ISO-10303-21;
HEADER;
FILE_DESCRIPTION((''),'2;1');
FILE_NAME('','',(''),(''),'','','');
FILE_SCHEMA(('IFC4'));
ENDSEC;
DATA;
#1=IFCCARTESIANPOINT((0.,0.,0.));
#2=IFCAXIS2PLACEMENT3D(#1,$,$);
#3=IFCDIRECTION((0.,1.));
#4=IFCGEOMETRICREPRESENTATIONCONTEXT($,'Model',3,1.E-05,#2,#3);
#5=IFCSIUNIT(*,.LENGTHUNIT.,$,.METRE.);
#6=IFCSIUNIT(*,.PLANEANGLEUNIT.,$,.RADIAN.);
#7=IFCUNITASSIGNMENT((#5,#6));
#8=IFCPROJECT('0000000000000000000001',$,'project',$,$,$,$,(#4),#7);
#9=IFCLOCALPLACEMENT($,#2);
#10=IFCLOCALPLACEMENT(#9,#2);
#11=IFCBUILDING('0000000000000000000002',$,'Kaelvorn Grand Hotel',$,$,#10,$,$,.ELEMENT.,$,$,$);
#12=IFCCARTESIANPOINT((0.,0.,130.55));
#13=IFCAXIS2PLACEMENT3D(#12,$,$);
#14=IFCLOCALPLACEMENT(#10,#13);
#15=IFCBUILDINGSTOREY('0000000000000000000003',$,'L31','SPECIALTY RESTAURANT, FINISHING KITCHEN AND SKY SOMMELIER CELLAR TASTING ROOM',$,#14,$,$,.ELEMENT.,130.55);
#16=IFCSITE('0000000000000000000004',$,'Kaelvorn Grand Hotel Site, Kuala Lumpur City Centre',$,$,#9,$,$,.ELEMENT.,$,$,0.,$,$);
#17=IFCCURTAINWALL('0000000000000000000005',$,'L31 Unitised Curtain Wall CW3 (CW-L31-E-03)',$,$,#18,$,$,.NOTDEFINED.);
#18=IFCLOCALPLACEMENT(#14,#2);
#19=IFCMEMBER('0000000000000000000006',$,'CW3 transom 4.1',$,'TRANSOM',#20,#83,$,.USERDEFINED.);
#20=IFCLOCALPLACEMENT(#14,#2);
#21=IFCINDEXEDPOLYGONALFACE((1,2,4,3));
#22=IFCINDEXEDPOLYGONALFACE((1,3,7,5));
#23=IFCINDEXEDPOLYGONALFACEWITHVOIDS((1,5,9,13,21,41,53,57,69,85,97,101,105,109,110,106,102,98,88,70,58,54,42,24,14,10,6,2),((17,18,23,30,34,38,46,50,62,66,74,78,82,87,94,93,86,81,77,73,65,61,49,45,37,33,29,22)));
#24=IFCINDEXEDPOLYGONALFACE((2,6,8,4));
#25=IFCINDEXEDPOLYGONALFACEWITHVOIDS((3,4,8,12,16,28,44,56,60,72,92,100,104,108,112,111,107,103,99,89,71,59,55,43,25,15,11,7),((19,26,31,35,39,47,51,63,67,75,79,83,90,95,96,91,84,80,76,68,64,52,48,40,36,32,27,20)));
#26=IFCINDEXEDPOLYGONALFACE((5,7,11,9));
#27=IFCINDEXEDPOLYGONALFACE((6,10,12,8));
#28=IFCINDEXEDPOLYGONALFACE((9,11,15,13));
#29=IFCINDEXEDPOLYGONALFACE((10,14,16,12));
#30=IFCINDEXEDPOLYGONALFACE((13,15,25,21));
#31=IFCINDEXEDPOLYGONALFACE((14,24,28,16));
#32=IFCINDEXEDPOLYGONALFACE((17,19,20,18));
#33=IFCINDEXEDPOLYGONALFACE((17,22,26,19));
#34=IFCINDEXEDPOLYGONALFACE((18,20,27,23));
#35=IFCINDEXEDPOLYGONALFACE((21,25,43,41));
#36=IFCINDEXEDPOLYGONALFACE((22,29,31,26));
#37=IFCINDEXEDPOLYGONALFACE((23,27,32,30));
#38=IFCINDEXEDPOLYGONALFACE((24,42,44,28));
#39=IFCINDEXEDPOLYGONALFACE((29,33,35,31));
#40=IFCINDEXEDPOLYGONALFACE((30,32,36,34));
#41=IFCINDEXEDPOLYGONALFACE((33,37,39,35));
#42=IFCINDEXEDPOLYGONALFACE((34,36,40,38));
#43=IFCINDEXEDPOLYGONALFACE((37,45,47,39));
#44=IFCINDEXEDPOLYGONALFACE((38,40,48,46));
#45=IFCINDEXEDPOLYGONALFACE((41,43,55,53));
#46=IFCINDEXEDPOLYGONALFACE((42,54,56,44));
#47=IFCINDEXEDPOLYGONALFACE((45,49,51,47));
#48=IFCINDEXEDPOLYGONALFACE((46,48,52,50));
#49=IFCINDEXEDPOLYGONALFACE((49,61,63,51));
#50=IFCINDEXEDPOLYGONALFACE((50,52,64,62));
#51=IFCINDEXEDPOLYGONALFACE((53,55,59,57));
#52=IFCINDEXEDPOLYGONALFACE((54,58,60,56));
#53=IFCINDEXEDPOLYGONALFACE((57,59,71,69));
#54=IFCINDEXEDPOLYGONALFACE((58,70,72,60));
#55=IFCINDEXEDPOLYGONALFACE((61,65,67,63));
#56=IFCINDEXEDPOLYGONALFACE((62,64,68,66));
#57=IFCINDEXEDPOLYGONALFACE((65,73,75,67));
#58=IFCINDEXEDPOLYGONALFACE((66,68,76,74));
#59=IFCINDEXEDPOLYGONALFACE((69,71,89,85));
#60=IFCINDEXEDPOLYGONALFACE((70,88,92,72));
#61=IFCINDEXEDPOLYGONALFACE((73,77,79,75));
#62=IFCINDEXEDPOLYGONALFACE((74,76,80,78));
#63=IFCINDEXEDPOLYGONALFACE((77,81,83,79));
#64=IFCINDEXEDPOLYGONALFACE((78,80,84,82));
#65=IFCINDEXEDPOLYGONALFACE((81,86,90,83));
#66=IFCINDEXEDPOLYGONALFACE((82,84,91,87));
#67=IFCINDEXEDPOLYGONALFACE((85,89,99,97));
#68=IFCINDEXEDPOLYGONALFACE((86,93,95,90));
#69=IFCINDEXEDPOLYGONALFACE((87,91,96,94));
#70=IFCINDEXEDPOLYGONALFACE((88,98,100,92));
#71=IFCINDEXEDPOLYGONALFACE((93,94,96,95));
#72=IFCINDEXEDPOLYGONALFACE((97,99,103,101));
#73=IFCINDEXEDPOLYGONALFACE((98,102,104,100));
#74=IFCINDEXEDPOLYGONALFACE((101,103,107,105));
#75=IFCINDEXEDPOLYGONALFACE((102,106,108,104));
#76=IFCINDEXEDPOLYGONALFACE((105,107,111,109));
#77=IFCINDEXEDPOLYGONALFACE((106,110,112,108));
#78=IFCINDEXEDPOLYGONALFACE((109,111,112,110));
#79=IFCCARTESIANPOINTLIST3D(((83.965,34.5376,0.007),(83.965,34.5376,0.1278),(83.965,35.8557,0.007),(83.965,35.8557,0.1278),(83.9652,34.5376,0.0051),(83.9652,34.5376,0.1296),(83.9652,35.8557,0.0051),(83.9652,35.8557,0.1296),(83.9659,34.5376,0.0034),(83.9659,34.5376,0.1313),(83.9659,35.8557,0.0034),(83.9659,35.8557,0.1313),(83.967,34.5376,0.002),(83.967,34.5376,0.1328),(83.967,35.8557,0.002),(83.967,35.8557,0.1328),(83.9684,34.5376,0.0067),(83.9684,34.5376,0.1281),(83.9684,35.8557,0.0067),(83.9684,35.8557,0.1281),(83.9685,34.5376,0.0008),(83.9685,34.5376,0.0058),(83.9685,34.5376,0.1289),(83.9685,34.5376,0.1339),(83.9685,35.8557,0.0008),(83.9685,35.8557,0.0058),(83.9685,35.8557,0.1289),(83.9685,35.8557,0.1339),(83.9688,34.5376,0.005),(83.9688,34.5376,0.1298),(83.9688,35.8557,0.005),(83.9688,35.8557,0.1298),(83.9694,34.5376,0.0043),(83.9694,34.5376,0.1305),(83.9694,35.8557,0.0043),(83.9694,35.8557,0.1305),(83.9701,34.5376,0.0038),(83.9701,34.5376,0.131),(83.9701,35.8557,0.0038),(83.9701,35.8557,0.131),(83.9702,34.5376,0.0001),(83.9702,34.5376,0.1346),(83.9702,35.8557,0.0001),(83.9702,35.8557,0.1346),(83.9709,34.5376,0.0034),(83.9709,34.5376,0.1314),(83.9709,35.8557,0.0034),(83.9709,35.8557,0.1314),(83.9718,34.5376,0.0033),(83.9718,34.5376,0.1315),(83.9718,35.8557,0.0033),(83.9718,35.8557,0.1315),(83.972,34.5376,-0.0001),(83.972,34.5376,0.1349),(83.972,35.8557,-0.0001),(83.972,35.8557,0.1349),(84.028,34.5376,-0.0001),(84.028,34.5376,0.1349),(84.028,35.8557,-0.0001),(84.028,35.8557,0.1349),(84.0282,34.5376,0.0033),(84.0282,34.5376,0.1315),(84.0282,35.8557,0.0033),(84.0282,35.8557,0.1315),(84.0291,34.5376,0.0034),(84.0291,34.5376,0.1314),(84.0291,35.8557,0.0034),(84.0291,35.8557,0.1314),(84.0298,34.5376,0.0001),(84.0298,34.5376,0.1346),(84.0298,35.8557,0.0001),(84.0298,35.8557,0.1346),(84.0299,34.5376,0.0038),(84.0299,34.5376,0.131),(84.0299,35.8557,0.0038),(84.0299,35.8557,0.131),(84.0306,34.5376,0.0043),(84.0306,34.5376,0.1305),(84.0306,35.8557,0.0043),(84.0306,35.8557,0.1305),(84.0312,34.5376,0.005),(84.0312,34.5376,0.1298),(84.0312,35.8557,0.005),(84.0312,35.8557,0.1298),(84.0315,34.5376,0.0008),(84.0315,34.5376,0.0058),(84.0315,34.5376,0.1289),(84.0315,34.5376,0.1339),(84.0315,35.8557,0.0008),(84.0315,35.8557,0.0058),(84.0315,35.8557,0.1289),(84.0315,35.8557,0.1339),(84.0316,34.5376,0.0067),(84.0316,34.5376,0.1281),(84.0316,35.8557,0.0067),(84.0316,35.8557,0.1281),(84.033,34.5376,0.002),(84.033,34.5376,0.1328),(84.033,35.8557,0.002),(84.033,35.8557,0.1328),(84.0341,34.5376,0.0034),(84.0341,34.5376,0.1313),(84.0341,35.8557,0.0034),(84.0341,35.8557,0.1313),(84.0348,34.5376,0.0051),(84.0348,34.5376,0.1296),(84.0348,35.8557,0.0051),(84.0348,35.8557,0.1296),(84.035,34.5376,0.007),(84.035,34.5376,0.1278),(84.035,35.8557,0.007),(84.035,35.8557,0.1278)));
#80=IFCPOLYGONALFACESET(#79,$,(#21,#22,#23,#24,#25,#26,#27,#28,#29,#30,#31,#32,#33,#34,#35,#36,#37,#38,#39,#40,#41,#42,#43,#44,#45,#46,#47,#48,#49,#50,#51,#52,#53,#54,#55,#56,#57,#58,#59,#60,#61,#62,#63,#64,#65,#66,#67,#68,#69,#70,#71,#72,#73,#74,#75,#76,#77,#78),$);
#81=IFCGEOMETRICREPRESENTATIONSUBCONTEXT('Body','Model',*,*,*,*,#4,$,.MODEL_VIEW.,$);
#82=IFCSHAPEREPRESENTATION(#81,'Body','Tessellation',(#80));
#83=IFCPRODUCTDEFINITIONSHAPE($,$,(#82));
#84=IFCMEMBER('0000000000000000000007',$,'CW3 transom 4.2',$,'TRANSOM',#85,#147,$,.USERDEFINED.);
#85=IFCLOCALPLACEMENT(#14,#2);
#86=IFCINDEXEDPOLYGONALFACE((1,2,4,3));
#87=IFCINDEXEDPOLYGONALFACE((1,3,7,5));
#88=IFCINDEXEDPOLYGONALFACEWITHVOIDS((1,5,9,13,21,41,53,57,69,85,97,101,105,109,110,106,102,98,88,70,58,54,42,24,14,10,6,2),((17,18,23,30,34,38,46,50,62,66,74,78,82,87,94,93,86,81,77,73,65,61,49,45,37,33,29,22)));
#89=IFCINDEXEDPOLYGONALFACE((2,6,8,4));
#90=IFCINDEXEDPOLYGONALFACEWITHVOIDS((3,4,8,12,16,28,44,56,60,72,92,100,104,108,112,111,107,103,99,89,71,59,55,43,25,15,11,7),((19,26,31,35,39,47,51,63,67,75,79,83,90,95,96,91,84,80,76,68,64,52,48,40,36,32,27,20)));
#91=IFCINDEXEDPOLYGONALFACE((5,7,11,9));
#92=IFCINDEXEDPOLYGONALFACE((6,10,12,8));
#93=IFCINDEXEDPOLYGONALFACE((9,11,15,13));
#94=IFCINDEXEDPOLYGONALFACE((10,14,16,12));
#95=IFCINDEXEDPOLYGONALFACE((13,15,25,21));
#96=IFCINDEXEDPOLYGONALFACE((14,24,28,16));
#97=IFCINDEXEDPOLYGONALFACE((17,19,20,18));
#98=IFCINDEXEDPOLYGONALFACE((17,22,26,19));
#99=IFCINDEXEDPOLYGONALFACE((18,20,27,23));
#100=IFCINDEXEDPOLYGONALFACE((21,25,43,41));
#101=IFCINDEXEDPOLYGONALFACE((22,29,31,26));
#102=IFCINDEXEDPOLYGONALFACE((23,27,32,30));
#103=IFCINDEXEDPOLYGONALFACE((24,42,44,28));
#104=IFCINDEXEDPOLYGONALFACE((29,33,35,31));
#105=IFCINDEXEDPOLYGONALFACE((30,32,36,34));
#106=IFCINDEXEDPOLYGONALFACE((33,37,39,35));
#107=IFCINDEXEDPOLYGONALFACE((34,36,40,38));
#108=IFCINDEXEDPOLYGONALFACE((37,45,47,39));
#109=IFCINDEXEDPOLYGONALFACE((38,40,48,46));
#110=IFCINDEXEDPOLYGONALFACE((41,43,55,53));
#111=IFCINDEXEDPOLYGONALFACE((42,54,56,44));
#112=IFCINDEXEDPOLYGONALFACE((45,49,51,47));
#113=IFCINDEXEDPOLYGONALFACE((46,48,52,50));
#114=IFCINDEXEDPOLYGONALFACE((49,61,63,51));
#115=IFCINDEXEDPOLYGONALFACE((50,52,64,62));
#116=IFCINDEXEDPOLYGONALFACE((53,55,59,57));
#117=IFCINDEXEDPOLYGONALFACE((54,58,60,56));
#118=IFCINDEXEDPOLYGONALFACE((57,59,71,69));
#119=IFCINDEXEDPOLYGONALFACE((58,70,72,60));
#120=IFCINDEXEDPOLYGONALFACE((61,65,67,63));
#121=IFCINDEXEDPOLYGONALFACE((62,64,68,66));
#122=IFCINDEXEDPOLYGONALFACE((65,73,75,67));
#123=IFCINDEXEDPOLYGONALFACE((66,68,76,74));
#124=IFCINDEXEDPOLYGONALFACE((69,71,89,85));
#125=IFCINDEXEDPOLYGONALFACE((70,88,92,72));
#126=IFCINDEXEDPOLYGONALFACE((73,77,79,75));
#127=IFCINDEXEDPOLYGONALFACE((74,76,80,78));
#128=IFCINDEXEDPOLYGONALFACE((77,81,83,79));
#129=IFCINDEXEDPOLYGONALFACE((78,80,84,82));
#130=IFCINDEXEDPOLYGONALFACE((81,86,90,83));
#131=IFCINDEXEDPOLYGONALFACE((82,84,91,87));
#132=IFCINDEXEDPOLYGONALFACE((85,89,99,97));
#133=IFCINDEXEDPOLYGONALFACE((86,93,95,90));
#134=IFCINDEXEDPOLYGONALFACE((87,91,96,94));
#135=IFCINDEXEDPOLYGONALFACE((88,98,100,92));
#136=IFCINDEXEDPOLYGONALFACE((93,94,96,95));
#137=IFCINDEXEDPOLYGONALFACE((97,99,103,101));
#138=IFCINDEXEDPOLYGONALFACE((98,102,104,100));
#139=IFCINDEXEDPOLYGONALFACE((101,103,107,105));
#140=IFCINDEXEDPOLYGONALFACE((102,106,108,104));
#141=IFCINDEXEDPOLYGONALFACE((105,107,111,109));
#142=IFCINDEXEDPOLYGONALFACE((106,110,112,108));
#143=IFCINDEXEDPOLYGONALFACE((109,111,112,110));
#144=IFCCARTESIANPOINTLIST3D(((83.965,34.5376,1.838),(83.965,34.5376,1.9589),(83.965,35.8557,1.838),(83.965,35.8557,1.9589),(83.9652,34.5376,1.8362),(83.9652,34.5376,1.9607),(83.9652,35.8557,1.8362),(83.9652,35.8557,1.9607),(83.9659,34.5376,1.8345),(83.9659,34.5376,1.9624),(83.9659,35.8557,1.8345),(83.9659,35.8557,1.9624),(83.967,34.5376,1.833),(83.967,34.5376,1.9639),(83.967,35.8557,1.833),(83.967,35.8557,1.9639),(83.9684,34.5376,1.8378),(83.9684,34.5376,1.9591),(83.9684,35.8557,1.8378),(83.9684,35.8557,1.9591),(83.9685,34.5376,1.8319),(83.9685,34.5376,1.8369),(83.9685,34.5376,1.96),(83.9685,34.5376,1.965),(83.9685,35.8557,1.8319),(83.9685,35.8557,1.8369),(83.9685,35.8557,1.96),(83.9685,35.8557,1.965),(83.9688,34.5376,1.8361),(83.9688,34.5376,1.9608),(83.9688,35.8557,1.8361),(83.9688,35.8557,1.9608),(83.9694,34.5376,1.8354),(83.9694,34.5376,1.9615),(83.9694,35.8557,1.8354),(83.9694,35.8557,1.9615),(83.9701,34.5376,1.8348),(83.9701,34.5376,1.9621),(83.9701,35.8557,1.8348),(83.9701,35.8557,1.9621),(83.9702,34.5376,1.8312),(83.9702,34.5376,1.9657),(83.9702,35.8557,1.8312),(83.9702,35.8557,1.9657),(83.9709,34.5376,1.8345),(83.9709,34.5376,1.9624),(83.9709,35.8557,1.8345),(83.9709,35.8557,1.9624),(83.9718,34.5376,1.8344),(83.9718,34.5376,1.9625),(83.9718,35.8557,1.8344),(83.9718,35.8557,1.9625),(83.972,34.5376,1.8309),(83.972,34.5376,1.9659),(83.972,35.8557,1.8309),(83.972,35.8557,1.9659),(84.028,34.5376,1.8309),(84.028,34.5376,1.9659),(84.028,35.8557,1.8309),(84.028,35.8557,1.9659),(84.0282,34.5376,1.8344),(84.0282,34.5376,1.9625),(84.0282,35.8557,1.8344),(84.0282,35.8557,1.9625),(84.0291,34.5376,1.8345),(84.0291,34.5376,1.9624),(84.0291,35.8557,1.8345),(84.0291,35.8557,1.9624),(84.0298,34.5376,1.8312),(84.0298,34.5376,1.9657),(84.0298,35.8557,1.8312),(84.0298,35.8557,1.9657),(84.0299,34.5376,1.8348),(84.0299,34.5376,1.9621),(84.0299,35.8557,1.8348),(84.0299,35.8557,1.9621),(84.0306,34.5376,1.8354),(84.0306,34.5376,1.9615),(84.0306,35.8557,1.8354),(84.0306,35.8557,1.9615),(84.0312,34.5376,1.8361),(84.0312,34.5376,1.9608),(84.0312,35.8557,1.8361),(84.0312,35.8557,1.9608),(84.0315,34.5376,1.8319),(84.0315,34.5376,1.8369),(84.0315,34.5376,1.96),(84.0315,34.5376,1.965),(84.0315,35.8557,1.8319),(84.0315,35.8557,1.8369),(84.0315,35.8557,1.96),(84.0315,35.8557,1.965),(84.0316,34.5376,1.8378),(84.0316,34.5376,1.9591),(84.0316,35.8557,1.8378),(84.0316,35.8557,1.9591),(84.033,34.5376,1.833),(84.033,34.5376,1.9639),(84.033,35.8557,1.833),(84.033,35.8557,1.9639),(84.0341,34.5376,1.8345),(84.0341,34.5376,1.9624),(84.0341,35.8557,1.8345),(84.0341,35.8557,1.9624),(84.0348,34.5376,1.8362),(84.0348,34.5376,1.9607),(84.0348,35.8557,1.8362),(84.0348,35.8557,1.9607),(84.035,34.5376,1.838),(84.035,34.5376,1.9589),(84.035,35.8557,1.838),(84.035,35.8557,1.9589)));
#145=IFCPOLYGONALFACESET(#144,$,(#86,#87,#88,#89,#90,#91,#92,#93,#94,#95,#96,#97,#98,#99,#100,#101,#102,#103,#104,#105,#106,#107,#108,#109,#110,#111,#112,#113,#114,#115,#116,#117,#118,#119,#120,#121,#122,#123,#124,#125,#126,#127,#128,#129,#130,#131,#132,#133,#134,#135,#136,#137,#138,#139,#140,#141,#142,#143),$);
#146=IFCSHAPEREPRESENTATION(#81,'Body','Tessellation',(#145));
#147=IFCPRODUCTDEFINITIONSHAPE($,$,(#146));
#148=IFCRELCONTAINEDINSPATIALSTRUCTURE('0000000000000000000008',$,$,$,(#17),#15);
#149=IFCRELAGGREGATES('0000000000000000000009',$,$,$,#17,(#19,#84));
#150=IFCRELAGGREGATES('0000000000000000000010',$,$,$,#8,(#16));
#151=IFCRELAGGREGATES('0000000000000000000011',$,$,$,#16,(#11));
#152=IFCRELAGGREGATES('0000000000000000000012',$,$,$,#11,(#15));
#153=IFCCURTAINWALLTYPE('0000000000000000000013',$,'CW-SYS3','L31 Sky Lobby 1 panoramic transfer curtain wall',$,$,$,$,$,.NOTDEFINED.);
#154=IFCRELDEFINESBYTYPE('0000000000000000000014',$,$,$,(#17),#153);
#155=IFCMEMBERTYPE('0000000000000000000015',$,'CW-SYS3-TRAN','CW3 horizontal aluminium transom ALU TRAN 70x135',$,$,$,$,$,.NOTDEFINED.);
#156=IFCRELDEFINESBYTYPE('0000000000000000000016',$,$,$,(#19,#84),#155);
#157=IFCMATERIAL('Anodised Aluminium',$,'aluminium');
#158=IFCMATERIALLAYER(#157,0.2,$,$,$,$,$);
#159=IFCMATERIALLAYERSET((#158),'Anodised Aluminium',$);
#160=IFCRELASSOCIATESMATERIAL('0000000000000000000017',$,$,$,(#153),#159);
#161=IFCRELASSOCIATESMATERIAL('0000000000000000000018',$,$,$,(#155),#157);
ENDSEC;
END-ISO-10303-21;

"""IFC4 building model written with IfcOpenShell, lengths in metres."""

from ifc_helpers import new_model, si_unit, direction, frame, origin, origin_2d, place, context, subcontext, project, spatial, hollow_rectangle, extrude, material, layer, layer_set, material_profile, profile_set, type_object, element, aggregate, save


model = new_model("IFC4")

# Units and contexts
model_context = context("Model", 3, precision=1e-05, world=origin(), true_north=direction((0.0, 1.0)))
body_context = subcontext(model_context, "Body", "Model", "MODEL_VIEW")
ifc_project = project(units=[si_unit("LENGTHUNIT", "METRE"), si_unit("PLANEANGLEUNIT", "RADIAN")], contexts=[model_context])

# Site, building, storey
site_placement = place(None, origin())
site = spatial("IfcSite", under=ifc_project, at=site_placement, Name="Kaelvorn Grand Hotel Site, Kuala Lumpur City Centre", CompositionType="ELEMENT", RefElevation=0.0)
building_placement = place(site_placement, origin())
building = spatial("IfcBuilding", under=site, at=building_placement, Name="Kaelvorn Grand Hotel", CompositionType="ELEMENT")
storey_placement = place(building_placement, frame((0.0, 0.0, 130.55)))
storey = spatial("IfcBuildingStorey", under=building, at=storey_placement, Name="L31", Description="SPECIALTY RESTAURANT, FINISHING KITCHEN AND SKY SOMMELIER CELLAR TASTING ROOM", CompositionType="ELEMENT", Elevation=130.55)

# Curtain wall, members
ifc_material_1 = material(Name="Anodised Aluminium", Category="aluminium")
ifc_layer_1 = layer(ifc_material_1, 0.2)
ifc_layer_set_1 = layer_set([ifc_layer_1], Name="Anodised Aluminium")
curtain_wall_type = type_object("IfcCurtainWallType", Name="CW-SYS3", Description="L31 Sky Lobby 1 panoramic transfer curtain wall", PredefinedType="NOTDEFINED", material=ifc_layer_set_1)
curtain_wall_placement = place(storey_placement, origin())
curtain_wall = element("IfcCurtainWall", 1, at=curtain_wall_placement, inside=storey, type_object=curtain_wall_type, Name="L31 Unitised Curtain Wall CW3 (CW-L31-E-03)", PredefinedType="NOTDEFINED")
ifc_material_profile_1 = material_profile(ifc_material_1, hollow_rectangle(XDim=0.0701, YDim=0.135, WallThickness=0.0034, InnerFilletRadius=0.0034, OuterFilletRadius=0.0071, at=origin_2d()), Name="ALU TRAN 70x135")
ifc_profile_set_1 = profile_set([ifc_material_profile_1], Name="Anodised Aluminium")
member_type_1 = type_object("IfcMemberType", Name="CW-SYS3-TRAN", Description="CW3 horizontal aluminium transom ALU TRAN 70x135", PredefinedType="NOTDEFINED", material=ifc_profile_set_1)
member_1_placement = place(storey_placement, frame((84.0, 34.5376, 0.0674), z_axis=(0.0, 1.0, 0.0), x_axis=(-1.0, 0.0, 0.0)))
member_1 = element("IfcMember", 2, at=member_1_placement, type_object=member_type_1, Name="CW3 transom 4.1", ObjectType="TRANSOM", PredefinedType="USERDEFINED", context=body_context, shape_type="SweptSolid", body=[
    extrude(hollow_rectangle(XDim=0.0701, YDim=0.135, WallThickness=0.0034, InnerFilletRadius=0.0034, OuterFilletRadius=0.0071, at=origin_2d()), origin(), (0.0, 0.0, 1.0), 1.3181),
])
member_2_placement = place(storey_placement, frame((84.0, 34.5376, 1.8984), z_axis=(0.0, 1.0, 0.0), x_axis=(-1.0, 0.0, 0.0)))
member_2 = element("IfcMember", 3, at=member_2_placement, type_object=member_type_1, Name="CW3 transom 4.2", ObjectType="TRANSOM", PredefinedType="USERDEFINED", context=body_context, shape_type="SweptSolid", body=[
    extrude(hollow_rectangle(XDim=0.0701, YDim=0.135, WallThickness=0.0034, InnerFilletRadius=0.0034, OuterFilletRadius=0.0071, at=origin_2d()), origin(), (0.0, 0.0, 1.0), 1.3181),
])
aggregate(curtain_wall, [member_1, member_2])

save(model, "model.ifc")
